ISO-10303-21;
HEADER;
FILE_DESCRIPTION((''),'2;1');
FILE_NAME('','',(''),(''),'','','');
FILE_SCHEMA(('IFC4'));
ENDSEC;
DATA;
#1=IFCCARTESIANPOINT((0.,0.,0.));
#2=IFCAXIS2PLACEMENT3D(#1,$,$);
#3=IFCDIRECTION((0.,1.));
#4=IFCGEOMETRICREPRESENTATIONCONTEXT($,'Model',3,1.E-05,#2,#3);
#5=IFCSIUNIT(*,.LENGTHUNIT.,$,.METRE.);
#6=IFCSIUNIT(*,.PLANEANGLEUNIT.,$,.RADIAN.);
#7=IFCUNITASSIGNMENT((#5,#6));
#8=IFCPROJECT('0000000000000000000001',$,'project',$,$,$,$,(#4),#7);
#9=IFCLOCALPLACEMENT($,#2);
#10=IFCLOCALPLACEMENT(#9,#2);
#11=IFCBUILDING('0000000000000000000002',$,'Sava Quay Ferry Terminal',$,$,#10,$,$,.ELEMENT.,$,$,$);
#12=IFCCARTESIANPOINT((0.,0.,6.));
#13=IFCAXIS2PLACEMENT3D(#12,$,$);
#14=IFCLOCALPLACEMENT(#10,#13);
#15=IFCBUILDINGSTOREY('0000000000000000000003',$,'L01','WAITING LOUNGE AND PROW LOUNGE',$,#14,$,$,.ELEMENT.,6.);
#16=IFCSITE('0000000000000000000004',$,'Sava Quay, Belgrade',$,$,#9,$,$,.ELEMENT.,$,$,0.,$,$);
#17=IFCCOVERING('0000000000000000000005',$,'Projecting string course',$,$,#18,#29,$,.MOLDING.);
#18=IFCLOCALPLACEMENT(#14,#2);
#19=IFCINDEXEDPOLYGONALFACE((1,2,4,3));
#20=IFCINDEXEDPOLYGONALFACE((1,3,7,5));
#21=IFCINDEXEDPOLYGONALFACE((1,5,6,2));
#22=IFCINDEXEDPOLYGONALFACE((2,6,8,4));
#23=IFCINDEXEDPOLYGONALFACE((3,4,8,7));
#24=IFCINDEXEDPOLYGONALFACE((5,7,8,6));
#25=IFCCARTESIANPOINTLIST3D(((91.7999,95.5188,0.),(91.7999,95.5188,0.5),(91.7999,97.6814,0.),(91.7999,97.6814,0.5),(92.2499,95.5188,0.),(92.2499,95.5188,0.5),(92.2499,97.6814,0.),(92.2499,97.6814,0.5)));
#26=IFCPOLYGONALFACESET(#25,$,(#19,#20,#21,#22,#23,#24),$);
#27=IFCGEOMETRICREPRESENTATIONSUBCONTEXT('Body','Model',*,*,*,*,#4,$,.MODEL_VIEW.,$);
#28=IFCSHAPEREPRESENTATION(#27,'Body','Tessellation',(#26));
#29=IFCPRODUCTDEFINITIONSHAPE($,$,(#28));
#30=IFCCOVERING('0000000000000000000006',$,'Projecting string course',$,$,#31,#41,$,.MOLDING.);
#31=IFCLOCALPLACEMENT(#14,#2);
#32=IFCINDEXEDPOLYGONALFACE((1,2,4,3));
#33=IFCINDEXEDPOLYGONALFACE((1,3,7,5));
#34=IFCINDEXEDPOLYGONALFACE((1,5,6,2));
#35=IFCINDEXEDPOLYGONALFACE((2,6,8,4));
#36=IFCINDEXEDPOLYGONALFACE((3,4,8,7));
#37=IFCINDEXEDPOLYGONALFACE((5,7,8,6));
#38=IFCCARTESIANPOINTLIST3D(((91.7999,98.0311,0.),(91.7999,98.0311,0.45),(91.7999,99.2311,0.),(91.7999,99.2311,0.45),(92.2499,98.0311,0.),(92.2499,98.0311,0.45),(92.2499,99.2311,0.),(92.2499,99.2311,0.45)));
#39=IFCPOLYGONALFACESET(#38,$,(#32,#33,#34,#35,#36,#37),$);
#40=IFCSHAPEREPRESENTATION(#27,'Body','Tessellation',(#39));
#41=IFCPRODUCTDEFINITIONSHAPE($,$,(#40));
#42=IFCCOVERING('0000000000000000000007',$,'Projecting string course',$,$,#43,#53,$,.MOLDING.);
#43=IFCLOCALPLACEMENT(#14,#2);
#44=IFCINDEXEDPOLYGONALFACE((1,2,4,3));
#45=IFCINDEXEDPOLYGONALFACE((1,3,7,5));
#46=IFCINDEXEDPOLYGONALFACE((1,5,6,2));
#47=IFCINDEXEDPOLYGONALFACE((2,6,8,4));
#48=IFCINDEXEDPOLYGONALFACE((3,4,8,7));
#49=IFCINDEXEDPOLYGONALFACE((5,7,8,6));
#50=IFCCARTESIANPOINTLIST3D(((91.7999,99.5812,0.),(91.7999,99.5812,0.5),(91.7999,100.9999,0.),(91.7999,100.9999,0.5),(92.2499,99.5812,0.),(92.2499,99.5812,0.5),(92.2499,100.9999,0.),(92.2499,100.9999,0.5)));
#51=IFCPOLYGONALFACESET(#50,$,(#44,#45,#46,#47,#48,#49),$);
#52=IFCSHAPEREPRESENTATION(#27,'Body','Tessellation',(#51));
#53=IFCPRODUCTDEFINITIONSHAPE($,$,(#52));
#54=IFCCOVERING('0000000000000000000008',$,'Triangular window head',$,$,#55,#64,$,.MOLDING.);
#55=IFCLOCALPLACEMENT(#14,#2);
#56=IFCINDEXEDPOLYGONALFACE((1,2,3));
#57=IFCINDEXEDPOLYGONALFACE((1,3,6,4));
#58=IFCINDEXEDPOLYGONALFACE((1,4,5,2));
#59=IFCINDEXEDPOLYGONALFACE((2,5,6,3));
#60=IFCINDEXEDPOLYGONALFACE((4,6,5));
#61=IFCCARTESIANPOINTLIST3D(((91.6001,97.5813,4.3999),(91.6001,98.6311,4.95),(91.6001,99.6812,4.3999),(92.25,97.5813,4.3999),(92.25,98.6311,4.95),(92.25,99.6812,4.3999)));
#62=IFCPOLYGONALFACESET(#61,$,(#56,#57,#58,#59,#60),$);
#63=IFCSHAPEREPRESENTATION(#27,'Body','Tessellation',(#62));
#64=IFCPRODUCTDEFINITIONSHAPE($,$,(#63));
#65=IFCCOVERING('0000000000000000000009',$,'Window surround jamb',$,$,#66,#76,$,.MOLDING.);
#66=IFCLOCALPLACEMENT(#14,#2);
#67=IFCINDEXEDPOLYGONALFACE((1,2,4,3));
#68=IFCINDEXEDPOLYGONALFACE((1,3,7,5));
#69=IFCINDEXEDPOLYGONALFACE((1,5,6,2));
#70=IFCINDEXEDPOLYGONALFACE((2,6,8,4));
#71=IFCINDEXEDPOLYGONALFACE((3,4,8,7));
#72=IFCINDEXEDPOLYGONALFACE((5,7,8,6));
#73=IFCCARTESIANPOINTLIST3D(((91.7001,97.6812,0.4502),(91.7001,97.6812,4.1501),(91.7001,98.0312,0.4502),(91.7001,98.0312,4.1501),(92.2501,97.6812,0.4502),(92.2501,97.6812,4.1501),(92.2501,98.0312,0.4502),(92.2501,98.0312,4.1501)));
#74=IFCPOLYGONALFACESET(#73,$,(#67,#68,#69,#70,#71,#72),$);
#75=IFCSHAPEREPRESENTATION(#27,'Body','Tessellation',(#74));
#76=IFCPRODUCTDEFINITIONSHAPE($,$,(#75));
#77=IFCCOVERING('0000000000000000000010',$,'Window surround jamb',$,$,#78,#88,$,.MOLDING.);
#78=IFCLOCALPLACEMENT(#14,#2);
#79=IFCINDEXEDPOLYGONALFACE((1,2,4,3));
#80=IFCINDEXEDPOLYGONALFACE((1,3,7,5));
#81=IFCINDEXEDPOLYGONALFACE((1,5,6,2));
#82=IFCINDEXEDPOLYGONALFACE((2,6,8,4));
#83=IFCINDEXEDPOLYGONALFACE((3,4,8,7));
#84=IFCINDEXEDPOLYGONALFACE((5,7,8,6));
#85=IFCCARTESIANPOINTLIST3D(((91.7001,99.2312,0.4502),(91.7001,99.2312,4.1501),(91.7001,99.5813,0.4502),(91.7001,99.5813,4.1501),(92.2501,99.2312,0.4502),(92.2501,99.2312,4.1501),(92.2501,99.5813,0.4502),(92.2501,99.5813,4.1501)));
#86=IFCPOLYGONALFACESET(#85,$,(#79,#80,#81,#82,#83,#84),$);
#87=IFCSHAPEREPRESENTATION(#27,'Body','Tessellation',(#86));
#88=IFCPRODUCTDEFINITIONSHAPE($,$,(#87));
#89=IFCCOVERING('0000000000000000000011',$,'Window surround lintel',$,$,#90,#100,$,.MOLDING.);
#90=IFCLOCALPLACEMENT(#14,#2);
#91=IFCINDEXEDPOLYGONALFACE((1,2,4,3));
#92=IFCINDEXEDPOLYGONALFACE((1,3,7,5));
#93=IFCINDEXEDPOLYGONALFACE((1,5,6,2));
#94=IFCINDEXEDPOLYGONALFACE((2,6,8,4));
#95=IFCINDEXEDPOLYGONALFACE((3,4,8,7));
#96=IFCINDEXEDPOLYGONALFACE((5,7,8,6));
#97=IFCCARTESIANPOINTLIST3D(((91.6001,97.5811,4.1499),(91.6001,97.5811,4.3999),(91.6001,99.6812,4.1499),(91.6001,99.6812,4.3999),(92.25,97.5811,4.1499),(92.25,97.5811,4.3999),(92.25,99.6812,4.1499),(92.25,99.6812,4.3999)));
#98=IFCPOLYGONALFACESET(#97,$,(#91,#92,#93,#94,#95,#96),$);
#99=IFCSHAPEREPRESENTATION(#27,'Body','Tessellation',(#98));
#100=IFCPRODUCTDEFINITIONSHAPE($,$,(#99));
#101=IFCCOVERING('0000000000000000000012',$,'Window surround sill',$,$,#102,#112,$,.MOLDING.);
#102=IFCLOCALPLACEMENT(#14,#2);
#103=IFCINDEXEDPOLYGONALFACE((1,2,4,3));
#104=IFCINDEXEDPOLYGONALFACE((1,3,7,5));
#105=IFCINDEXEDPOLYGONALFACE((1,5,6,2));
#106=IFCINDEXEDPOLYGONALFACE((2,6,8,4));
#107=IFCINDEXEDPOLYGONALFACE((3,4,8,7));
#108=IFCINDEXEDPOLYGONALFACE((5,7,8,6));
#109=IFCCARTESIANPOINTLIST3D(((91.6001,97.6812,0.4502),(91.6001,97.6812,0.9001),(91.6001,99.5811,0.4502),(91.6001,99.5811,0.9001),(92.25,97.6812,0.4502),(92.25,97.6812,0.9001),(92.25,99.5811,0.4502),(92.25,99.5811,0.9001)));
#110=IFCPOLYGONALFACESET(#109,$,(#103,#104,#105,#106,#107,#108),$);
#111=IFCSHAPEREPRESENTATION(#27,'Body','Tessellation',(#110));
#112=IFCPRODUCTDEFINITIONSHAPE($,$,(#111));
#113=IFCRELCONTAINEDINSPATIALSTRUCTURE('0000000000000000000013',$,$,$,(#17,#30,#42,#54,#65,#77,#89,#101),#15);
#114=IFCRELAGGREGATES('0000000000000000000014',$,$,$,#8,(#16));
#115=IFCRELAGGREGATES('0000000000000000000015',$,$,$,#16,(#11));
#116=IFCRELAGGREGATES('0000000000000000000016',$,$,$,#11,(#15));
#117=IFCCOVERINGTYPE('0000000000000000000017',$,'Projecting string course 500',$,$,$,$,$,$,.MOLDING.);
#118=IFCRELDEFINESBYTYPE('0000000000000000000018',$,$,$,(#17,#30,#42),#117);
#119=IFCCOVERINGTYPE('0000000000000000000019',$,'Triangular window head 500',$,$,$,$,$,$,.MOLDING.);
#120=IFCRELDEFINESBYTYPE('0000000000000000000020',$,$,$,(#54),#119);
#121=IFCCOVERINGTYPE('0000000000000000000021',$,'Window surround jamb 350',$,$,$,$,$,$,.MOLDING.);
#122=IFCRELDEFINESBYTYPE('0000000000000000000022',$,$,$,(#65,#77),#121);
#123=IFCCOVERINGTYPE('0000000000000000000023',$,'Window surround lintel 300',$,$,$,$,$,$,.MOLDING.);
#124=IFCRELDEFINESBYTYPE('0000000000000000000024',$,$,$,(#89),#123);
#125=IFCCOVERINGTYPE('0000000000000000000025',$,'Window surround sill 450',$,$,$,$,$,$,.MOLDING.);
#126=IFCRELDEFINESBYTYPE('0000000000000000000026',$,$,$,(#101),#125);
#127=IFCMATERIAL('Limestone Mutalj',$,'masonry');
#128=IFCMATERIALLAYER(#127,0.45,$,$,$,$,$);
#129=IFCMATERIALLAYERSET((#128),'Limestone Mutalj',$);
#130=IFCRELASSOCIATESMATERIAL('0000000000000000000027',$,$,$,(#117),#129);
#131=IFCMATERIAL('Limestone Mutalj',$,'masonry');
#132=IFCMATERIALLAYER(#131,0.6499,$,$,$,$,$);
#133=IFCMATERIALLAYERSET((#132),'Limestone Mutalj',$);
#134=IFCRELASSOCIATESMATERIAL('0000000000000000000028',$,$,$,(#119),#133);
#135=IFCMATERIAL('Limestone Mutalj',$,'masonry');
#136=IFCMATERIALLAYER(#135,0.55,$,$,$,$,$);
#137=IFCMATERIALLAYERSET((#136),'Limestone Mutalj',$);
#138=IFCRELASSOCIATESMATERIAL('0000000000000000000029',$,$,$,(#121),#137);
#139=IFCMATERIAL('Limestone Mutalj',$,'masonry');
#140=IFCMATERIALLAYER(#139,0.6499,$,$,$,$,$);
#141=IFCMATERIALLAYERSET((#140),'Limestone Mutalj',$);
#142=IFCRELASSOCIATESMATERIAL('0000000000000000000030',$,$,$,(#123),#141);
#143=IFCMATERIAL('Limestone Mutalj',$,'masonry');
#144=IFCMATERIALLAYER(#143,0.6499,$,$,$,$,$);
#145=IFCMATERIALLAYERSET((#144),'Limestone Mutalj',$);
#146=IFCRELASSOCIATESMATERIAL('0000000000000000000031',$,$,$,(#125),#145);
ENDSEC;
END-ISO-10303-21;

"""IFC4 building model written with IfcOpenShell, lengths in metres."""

from ifc_helpers import new_model, si_unit, direction, frame, origin, origin_2d, place, context, subcontext, project, spatial, polyline, rectangle, outline, extrude, material, layer, layer_set, type_object, element, save


model = new_model("IFC4")

# Units and contexts
model_context = context("Model", 3, precision=1e-05, world=origin(), true_north=direction((0.0, 1.0)))
body_context = subcontext(model_context, "Body", "Model", "MODEL_VIEW")
ifc_project = project(units=[si_unit("LENGTHUNIT", "METRE"), si_unit("PLANEANGLEUNIT", "RADIAN")], contexts=[model_context])

# Site, building, storey
site_placement = place(None, origin())
site = spatial("IfcSite", under=ifc_project, at=site_placement, Name="Sava Quay, Belgrade", CompositionType="ELEMENT", RefElevation=0.0)
building_placement = place(site_placement, origin())
building = spatial("IfcBuilding", under=site, at=building_placement, Name="Sava Quay Ferry Terminal", CompositionType="ELEMENT")
storey_placement = place(building_placement, frame((0.0, 0.0, 6.0)))
storey = spatial("IfcBuildingStorey", under=building, at=storey_placement, Name="L01", Description="WAITING LOUNGE AND PROW LOUNGE", CompositionType="ELEMENT", Elevation=6.0)

# Coverings
ifc_material_1 = material(Name="Limestone Mutalj", Category="masonry")
ifc_layer_1 = layer(ifc_material_1, 0.45)
ifc_layer_set_1 = layer_set([ifc_layer_1], Name="Limestone Mutalj")
covering_type_1 = type_object("IfcCoveringType", Name="Projecting string course 500", PredefinedType="MOLDING", material=ifc_layer_set_1)
covering_1_placement = place(storey_placement, frame((92.0249, 96.6001, 0.0), z_axis=(0.0, 0.0, 1.0), x_axis=(1.0, 0.0, 0.0)))
element("IfcCovering", 1, at=covering_1_placement, inside=storey, type_object=covering_type_1, Name="Projecting string course", PredefinedType="MOLDING", context=body_context, shape_type="SweptSolid", body=[
    extrude(rectangle(XDim=0.45, YDim=2.1626, at=origin_2d()), origin(), (0.0, 0.0, 1.0), 0.5),
])
covering_2_placement = place(storey_placement, frame((92.0249, 98.6311, 0.0), z_axis=(0.0, 0.0, 1.0), x_axis=(1.0, 0.0, 0.0)))
element("IfcCovering", 2, at=covering_2_placement, inside=storey, type_object=covering_type_1, Name="Projecting string course", PredefinedType="MOLDING", context=body_context, shape_type="SweptSolid", body=[
    extrude(rectangle(XDim=0.45, YDim=1.2, at=origin_2d()), origin(), (0.0, 0.0, 1.0), 0.45),
])
covering_3_placement = place(storey_placement, frame((92.0249, 100.2905, 0.0), z_axis=(0.0, 0.0, 1.0), x_axis=(1.0, 0.0, 0.0)))
element("IfcCovering", 3, at=covering_3_placement, inside=storey, type_object=covering_type_1, Name="Projecting string course", PredefinedType="MOLDING", context=body_context, shape_type="SweptSolid", body=[
    extrude(rectangle(XDim=0.45, YDim=1.4187, at=origin_2d()), origin(), (0.0, 0.0, 1.0), 0.5),
])
ifc_material_2 = material(Name="Limestone Mutalj", Category="masonry")
ifc_layer_2 = layer(ifc_material_2, 0.6499)
ifc_layer_set_2 = layer_set([ifc_layer_2], Name="Limestone Mutalj")
covering_type_2 = type_object("IfcCoveringType", Name="Triangular window head 500", PredefinedType="MOLDING", material=ifc_layer_set_2)
covering_4_placement = place(storey_placement, frame((92.25, 97.5813, 4.3999), z_axis=(1.0, 0.0, 0.0), x_axis=(0.0, 1.0, 0.0)))
element("IfcCovering", 4, at=covering_4_placement, inside=storey, type_object=covering_type_2, Name="Triangular window head", PredefinedType="MOLDING", context=body_context, shape_type="SweptSolid", body=[
    extrude(outline(polyline([(0.0, 0.0), (2.0999, 0.0), (1.0498, 0.55), (0.0, 0.0)])), origin(), (0.0, 0.0, -1.0), 0.6499),
])
ifc_material_3 = material(Name="Limestone Mutalj", Category="masonry")
ifc_layer_3 = layer(ifc_material_3, 0.55)
ifc_layer_set_3 = layer_set([ifc_layer_3], Name="Limestone Mutalj")
covering_type_3 = type_object("IfcCoveringType", Name="Window surround jamb 350", PredefinedType="MOLDING", material=ifc_layer_set_3)
for number, where, z_axis, x_axis, name in (
    (5, (91.9751, 97.8562, 0.4502), (0.0, 0.0, 1.0), (1.0, 0.0, 0.0), "Window surround jamb"),
    (6, (91.9751, 99.4062, 0.4502), (0.0, 0.0, 1.0), (1.0, 0.0, 0.0), "Window surround jamb"),
):
    element("IfcCovering", number, at=place(storey_placement, frame(where, z_axis=z_axis, x_axis=x_axis)), inside=storey, type_object=covering_type_3, Name=name, PredefinedType="MOLDING", context=body_context, shape_type="SweptSolid", body=[
        extrude(rectangle(XDim=0.55, YDim=0.3501, at=origin_2d()), origin(), (0.0, 0.0, 1.0), 3.7),
    ])
ifc_material_4 = material(Name="Limestone Mutalj", Category="masonry")
ifc_layer_4 = layer(ifc_material_4, 0.6499)
ifc_layer_set_4 = layer_set([ifc_layer_4], Name="Limestone Mutalj")
covering_type_4 = type_object("IfcCoveringType", Name="Window surround lintel 300", PredefinedType="MOLDING", material=ifc_layer_set_4)
covering_5_placement = place(storey_placement, frame((91.925, 98.6311, 4.1499), z_axis=(0.0, 0.0, 1.0), x_axis=(1.0, 0.0, 0.0)))
element("IfcCovering", 7, at=covering_5_placement, inside=storey, type_object=covering_type_4, Name="Window surround lintel", PredefinedType="MOLDING", context=body_context, shape_type="SweptSolid", body=[
    extrude(rectangle(XDim=0.6499, YDim=2.1001, at=origin_2d()), origin(), (0.0, 0.0, 1.0), 0.25),
])
ifc_material_5 = material(Name="Limestone Mutalj", Category="masonry")
ifc_layer_5 = layer(ifc_material_5, 0.6499)
ifc_layer_set_5 = layer_set([ifc_layer_5], Name="Limestone Mutalj")
covering_type_5 = type_object("IfcCoveringType", Name="Window surround sill 450", PredefinedType="MOLDING", material=ifc_layer_set_5)
covering_6_placement = place(storey_placement, frame((91.925, 98.6311, 0.4502), z_axis=(0.0, 0.0, 1.0), x_axis=(1.0, 0.0, 0.0)))
element("IfcCovering", 8, at=covering_6_placement, inside=storey, type_object=covering_type_5, Name="Window surround sill", PredefinedType="MOLDING", context=body_context, shape_type="SweptSolid", body=[
    extrude(rectangle(XDim=0.6499, YDim=1.8999, at=origin_2d()), origin(), (0.0, 0.0, 1.0), 0.45),
])

save(model, "model.ifc")
